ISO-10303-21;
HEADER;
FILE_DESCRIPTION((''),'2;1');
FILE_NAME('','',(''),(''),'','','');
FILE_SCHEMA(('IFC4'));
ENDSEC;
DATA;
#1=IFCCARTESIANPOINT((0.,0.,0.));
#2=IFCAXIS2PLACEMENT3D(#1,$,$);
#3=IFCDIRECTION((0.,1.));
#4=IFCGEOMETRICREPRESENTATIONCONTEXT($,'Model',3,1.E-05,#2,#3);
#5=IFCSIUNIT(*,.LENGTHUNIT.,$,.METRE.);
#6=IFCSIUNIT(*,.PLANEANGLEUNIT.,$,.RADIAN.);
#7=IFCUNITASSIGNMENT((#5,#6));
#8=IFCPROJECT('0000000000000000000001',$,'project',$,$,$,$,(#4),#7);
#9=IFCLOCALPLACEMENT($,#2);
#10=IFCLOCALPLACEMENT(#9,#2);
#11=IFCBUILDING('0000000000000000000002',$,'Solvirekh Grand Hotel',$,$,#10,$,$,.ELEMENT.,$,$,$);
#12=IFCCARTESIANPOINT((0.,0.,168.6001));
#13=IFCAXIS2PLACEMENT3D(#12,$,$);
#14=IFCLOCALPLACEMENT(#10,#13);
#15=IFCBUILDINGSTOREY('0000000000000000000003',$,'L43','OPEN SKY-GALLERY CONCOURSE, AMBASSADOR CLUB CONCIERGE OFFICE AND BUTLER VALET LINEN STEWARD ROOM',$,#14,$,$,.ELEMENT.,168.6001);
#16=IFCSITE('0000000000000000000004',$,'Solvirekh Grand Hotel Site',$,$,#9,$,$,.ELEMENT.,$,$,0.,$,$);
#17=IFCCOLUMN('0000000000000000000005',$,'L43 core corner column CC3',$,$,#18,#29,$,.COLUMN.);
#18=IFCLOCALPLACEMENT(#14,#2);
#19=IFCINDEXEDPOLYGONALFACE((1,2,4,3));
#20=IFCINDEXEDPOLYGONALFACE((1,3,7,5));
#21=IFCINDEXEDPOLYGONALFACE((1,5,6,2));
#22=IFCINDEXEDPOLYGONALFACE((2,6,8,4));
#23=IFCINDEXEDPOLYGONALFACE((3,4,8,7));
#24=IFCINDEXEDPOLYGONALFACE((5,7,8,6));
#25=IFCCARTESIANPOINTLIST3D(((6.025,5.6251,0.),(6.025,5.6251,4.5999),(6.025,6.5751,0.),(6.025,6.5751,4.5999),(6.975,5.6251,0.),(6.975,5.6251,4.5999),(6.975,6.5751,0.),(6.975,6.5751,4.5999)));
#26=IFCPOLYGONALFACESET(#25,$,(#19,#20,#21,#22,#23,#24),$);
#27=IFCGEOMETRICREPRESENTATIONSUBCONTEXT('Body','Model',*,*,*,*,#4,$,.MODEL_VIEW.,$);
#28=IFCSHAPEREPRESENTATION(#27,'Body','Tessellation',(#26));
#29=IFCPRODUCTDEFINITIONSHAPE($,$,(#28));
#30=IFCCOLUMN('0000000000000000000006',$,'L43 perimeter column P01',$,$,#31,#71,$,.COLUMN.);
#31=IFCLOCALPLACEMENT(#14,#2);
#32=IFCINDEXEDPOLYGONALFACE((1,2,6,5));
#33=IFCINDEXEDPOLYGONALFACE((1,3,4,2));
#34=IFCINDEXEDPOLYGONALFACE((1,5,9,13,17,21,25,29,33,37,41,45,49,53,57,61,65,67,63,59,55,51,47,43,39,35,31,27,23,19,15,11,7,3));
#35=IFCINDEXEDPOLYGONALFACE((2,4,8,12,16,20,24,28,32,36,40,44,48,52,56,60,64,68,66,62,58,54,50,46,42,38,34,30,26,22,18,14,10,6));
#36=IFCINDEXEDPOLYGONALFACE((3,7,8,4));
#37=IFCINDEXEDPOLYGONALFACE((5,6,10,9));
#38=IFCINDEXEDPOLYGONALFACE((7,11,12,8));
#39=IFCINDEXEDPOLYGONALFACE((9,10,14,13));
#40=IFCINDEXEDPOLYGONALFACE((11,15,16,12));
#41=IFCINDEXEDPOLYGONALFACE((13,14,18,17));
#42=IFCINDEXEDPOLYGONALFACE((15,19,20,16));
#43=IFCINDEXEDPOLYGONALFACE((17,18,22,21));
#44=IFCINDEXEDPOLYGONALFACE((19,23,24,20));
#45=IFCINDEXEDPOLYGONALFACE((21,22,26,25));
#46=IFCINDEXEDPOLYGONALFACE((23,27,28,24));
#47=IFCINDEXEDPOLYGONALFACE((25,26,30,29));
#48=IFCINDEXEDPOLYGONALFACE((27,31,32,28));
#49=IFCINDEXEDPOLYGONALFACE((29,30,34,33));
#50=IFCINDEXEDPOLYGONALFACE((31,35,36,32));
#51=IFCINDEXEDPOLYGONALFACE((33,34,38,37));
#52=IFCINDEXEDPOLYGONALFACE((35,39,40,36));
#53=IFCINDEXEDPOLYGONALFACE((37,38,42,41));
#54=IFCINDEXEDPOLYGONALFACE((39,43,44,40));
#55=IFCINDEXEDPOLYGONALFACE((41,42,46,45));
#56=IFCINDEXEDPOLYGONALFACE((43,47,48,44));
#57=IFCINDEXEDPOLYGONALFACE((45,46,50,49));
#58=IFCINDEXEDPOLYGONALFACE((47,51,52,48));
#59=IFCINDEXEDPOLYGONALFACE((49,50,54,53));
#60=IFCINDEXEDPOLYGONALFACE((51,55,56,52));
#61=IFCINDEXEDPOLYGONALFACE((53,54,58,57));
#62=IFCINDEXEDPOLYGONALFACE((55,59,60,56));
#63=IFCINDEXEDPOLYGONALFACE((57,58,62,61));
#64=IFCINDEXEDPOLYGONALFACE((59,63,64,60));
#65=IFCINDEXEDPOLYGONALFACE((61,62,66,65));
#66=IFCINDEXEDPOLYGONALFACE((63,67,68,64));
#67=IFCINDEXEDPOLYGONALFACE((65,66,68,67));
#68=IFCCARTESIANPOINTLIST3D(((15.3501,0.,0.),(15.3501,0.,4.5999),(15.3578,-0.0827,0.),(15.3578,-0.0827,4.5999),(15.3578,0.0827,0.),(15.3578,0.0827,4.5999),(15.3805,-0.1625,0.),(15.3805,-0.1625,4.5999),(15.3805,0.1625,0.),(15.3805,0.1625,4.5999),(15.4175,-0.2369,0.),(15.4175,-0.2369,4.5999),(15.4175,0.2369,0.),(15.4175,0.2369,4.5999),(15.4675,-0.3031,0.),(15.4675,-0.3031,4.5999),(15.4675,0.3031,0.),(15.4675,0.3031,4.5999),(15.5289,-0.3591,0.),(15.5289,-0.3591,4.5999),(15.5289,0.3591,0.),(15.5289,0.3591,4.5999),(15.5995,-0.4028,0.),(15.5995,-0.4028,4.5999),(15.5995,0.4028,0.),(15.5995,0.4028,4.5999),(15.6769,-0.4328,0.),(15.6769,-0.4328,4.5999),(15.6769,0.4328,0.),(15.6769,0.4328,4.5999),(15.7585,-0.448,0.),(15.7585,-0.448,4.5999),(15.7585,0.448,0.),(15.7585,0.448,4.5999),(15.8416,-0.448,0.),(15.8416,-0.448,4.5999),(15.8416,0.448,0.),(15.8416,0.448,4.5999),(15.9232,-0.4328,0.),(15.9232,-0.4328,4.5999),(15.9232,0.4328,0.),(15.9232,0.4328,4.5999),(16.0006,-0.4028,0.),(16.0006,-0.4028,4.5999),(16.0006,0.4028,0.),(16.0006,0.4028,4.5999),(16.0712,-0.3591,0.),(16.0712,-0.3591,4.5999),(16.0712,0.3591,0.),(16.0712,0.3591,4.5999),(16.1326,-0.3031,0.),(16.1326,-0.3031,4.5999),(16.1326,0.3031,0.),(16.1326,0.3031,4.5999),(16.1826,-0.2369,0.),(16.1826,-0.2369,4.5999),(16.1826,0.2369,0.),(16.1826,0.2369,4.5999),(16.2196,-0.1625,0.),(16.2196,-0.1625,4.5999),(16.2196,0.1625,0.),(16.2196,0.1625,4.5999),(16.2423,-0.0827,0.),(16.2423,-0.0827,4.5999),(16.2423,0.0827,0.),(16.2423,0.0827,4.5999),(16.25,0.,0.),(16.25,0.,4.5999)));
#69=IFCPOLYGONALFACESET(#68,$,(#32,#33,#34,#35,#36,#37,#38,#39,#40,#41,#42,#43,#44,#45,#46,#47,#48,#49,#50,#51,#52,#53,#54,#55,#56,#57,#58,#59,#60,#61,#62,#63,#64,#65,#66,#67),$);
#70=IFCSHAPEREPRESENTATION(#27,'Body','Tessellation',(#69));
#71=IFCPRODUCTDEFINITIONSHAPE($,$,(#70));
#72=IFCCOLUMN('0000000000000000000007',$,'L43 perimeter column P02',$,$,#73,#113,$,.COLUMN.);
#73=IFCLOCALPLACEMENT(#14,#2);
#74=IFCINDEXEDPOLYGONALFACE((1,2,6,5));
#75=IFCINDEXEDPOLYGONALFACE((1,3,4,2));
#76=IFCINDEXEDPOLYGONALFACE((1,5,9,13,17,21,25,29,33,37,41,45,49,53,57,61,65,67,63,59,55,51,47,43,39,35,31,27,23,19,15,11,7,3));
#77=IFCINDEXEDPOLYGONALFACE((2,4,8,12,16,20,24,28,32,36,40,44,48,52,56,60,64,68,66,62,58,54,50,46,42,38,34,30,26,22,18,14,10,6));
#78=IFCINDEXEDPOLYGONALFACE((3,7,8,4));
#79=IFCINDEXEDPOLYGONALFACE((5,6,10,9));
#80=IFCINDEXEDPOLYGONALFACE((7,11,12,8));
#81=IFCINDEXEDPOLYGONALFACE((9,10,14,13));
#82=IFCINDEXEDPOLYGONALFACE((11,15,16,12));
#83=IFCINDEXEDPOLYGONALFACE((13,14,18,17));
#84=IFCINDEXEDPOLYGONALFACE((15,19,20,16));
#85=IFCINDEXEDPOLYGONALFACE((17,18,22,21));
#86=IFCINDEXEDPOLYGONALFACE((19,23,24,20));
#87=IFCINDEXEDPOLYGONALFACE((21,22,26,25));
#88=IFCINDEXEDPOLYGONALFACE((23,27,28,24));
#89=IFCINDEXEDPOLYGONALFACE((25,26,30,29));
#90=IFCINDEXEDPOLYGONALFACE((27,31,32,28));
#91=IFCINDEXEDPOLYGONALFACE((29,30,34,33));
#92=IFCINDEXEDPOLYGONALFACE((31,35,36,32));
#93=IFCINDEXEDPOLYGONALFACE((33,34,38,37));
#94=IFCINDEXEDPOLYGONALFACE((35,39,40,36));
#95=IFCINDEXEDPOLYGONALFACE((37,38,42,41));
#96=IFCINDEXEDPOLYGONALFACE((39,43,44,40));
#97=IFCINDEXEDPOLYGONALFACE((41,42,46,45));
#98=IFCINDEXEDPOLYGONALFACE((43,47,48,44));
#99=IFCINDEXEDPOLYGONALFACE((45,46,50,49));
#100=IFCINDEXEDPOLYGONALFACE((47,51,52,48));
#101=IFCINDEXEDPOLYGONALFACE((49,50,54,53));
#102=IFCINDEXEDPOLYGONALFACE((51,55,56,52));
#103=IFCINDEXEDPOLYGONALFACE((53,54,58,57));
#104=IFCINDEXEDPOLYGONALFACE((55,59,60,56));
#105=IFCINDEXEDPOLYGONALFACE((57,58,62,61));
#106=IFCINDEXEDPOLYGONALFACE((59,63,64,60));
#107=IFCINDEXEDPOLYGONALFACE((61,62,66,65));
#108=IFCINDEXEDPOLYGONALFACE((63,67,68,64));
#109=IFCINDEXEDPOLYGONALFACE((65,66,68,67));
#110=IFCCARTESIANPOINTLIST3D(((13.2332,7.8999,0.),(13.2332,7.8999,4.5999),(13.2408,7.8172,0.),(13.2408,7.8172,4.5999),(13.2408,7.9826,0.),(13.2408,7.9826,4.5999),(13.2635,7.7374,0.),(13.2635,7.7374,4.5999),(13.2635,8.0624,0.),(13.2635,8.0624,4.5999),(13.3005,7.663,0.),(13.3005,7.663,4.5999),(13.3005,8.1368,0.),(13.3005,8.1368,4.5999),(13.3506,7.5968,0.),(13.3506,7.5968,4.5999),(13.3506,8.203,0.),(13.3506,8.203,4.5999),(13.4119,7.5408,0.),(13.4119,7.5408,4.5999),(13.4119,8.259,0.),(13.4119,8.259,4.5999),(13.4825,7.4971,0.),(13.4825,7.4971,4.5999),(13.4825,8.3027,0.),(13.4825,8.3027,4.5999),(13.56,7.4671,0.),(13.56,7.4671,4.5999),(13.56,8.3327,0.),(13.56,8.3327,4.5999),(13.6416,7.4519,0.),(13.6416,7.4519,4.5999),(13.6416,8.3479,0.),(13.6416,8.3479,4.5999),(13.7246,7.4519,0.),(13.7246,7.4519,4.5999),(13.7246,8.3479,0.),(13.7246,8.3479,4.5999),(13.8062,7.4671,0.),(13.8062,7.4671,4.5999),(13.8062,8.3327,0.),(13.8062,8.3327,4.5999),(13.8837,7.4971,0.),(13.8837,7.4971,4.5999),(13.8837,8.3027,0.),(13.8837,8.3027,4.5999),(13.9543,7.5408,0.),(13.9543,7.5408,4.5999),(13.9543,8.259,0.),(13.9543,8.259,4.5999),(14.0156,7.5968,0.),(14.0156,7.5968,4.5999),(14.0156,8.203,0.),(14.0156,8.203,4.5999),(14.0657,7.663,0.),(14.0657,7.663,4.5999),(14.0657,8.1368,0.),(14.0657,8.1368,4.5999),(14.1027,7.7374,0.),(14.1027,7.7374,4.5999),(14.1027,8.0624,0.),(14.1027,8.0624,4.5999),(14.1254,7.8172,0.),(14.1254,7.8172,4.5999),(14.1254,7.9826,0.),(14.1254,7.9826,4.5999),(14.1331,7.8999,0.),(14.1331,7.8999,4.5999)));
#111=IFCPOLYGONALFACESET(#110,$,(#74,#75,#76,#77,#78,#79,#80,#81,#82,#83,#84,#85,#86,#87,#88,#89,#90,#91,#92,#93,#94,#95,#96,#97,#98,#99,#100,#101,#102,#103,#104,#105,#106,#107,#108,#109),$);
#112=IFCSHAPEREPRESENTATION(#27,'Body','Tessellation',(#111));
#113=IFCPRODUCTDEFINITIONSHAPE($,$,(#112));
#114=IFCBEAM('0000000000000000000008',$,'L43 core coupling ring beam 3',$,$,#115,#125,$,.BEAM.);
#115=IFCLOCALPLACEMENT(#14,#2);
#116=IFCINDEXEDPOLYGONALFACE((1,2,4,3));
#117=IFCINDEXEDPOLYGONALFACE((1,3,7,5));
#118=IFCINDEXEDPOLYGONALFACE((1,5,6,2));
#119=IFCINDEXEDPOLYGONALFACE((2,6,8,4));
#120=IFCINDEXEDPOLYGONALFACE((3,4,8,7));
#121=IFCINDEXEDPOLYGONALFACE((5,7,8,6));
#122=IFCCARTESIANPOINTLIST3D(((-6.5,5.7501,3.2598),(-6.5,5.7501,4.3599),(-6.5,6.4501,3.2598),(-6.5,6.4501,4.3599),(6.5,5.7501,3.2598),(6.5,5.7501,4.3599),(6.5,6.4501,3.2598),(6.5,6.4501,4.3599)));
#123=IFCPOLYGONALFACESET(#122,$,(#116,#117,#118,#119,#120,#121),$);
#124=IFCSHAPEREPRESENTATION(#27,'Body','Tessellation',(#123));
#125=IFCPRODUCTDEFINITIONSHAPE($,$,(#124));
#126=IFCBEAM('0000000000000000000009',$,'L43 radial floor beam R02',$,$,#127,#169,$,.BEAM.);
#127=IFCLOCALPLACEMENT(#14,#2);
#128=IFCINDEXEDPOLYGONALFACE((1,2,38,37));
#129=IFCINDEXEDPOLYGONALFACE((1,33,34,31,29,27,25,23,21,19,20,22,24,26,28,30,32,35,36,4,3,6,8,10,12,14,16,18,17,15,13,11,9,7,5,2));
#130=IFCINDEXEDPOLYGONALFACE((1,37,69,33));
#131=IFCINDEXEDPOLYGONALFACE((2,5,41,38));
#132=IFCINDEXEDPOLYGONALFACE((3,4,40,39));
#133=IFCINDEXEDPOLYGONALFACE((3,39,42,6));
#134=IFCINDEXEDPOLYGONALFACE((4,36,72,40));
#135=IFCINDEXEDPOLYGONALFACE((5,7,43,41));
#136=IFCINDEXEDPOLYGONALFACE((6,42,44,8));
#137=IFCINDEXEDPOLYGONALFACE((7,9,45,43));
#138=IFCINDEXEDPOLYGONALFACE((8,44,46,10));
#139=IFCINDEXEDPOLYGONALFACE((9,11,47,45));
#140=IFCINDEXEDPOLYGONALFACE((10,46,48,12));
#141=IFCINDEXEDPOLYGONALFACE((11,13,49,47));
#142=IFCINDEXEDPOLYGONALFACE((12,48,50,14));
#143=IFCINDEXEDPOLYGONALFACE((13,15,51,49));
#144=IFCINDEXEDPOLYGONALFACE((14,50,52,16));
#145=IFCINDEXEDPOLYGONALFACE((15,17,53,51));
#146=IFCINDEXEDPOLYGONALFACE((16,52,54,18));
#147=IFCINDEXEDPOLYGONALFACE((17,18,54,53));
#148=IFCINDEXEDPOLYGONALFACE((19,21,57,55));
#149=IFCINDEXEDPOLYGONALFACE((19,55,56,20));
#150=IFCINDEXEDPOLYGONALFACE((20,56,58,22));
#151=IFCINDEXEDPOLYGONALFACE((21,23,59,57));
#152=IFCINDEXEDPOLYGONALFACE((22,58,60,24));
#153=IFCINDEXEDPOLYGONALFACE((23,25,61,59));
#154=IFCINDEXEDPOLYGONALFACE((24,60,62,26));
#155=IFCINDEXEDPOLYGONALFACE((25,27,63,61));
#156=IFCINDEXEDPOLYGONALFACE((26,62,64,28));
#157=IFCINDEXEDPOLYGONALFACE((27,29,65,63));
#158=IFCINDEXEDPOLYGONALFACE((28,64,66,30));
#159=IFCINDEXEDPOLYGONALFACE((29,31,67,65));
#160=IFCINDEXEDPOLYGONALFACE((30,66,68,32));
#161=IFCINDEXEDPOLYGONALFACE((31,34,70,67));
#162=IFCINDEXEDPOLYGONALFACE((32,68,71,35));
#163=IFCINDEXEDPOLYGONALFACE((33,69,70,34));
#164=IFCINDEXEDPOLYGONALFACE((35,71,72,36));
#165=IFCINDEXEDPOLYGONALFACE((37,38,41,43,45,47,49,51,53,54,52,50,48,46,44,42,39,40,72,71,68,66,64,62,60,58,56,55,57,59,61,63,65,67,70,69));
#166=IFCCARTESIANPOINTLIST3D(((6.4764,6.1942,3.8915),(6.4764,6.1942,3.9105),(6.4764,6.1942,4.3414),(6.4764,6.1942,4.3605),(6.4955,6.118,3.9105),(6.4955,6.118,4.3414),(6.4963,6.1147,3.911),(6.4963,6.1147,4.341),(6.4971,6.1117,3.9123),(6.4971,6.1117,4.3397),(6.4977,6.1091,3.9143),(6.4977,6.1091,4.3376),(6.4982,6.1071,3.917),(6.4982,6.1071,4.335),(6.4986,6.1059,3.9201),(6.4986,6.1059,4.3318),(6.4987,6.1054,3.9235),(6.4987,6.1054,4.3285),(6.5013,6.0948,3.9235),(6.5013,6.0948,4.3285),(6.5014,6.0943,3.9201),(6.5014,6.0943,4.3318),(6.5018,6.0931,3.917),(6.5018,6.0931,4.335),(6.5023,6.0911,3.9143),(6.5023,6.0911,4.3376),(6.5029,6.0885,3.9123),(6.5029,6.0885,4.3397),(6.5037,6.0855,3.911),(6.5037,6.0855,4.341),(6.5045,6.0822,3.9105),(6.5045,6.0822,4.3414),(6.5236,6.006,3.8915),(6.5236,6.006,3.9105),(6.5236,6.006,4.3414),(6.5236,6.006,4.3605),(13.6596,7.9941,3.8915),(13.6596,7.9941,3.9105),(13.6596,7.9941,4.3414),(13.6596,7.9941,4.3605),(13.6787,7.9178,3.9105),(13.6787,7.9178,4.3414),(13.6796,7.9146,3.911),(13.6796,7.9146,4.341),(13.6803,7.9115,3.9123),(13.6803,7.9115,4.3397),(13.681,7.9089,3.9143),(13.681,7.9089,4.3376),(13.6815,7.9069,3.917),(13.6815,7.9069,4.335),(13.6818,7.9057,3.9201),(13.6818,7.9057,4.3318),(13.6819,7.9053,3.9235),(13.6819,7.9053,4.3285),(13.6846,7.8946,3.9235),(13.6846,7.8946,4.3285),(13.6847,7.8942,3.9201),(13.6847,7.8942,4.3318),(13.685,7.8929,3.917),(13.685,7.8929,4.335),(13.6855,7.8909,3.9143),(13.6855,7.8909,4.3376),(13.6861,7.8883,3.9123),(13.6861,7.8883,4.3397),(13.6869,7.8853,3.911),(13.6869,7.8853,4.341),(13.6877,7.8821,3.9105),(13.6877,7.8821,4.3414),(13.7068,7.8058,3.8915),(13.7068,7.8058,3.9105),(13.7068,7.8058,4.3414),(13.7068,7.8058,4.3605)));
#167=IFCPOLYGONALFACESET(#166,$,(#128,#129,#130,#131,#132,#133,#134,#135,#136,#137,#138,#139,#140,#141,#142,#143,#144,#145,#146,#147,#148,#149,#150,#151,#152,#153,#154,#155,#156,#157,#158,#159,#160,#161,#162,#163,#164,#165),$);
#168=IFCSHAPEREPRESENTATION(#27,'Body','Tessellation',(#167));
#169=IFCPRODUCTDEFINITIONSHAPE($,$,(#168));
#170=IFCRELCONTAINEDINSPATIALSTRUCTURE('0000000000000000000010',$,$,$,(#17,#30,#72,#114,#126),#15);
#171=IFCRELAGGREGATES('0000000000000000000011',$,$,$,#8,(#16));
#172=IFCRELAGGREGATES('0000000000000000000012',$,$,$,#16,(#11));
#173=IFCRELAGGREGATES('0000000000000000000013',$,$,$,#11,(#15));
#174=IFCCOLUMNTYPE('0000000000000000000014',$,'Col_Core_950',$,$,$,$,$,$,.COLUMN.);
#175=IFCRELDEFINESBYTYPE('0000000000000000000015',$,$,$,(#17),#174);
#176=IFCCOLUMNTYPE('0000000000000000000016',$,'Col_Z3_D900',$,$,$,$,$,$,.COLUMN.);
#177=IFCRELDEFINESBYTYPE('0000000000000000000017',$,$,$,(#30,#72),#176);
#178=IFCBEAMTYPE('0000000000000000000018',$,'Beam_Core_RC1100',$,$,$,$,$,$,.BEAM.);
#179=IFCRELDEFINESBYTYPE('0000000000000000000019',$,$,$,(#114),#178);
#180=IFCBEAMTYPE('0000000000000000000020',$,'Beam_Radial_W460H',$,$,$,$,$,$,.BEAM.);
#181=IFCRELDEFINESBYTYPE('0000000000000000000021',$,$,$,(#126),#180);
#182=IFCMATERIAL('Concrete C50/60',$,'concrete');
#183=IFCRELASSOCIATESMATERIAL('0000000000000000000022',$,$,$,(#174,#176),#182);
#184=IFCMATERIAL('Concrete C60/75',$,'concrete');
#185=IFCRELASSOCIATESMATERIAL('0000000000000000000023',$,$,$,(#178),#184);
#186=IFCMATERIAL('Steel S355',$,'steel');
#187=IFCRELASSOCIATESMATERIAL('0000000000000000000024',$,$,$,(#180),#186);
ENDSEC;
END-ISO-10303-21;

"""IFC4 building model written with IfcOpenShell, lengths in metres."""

from ifc_helpers import new_model, si_unit, direction, frame, origin, origin_2d, place, context, subcontext, project, spatial, rectangle, circle, i_section, extrude, material, material_profile, profile_set, type_object, element, save


model = new_model("IFC4")

# Units and contexts
model_context = context("Model", 3, precision=1e-05, world=origin(), true_north=direction((0.0, 1.0)))
body_context = subcontext(model_context, "Body", "Model", "MODEL_VIEW")
ifc_project = project(units=[si_unit("LENGTHUNIT", "METRE"), si_unit("PLANEANGLEUNIT", "RADIAN")], contexts=[model_context])

# Site, building, storey
site_placement = place(None, origin())
site = spatial("IfcSite", under=ifc_project, at=site_placement, Name="Solvirekh Grand Hotel Site", CompositionType="ELEMENT", RefElevation=0.0)
building_placement = place(site_placement, origin())
building = spatial("IfcBuilding", under=site, at=building_placement, Name="Solvirekh Grand Hotel", CompositionType="ELEMENT")
storey_placement = place(building_placement, frame((0.0, 0.0, 168.6001)))
storey = spatial("IfcBuildingStorey", under=building, at=storey_placement, Name="L43", Description="OPEN SKY-GALLERY CONCOURSE, AMBASSADOR CLUB CONCIERGE OFFICE AND BUTLER VALET LINEN STEWARD ROOM", CompositionType="ELEMENT", Elevation=168.6001)

# Columns
ifc_material_1 = material(Name="Concrete C50/60", Category="concrete")
ifc_material_profile_1 = material_profile(ifc_material_1, rectangle(XDim=0.95, YDim=0.95, at=origin_2d()), Name="RC 950X950")
ifc_profile_set_1 = profile_set([ifc_material_profile_1], Name="Concrete C50/60")
column_type_1 = type_object("IfcColumnType", Name="Col_Core_950", PredefinedType="COLUMN", material=ifc_profile_set_1)
column_placement = place(storey_placement, frame((6.5, 6.1001, 0.0), z_axis=(0.0, 0.0, 1.0), x_axis=(1.0, 0.0, 0.0)))
element("IfcColumn", 1, at=column_placement, inside=storey, type_object=column_type_1, Name="L43 core corner column CC3", PredefinedType="COLUMN", context=body_context, shape_type="SweptSolid", body=[
    extrude(rectangle(XDim=0.95, YDim=0.95, at=origin_2d()), origin(), (0.0, 0.0, 1.0), 4.5999),
])
ifc_material_profile_2 = material_profile(ifc_material_1, circle(Radius=0.45, at=origin_2d()), Name="RC CIRC D900")
ifc_profile_set_2 = profile_set([ifc_material_profile_2], Name="Concrete C50/60")
column_type_2 = type_object("IfcColumnType", Name="Col_Z3_D900", PredefinedType="COLUMN", material=ifc_profile_set_2)
for number, where, z_axis, x_axis, name in (
    (2, (15.8, 0.0, 0.0), (0.0, 0.0, 1.0), (1.0, 0.0, 0.0), "L43 perimeter column P01"),
    (3, (13.6831, 7.8999, 0.0), (0.0, 0.0, 1.0), (1.0, 0.0, 0.0), "L43 perimeter column P02"),
):
    element("IfcColumn", number, at=place(storey_placement, frame(where, z_axis=z_axis, x_axis=x_axis)), inside=storey, type_object=column_type_2, Name=name, PredefinedType="COLUMN", context=body_context, shape_type="SweptSolid", body=[
        extrude(circle(Radius=0.45, at=origin_2d()), origin(), (0.0, 0.0, 1.0), 4.5999),
    ])

# Beams
ifc_material_2 = material(Name="Concrete C60/75", Category="concrete")
ifc_material_profile_3 = material_profile(ifc_material_2, rectangle(XDim=0.7, YDim=1.1001, at=origin_2d()), Name="RC BEAM 700X1100")
ifc_profile_set_3 = profile_set([ifc_material_profile_3], Name="Concrete C60/75")
beam_type_1 = type_object("IfcBeamType", Name="Beam_Core_RC1100", PredefinedType="BEAM", material=ifc_profile_set_3)
beam_1_placement = place(storey_placement, frame((6.5, 6.1001, 3.8098), z_axis=(-1.0, 0.0, 0.0), x_axis=(0.0, -1.0, 0.0)))
element("IfcBeam", 4, at=beam_1_placement, inside=storey, type_object=beam_type_1, Name="L43 core coupling ring beam 3", PredefinedType="BEAM", context=body_context, shape_type="SweptSolid", body=[
    extrude(rectangle(XDim=0.7, YDim=1.1001, at=origin_2d()), origin(), (0.0, 0.0, 1.0), 13.0),
])
ifc_material_3 = material(Name="Steel S355", Category="steel")
ifc_material_profile_4 = material_profile(ifc_material_3, i_section(OverallWidth=0.1941, OverallDepth=0.469, WebThickness=0.011, FlangeThickness=0.019, FilletRadius=0.0129, at=origin_2d()), Name="W460X106")
ifc_profile_set_4 = profile_set([ifc_material_profile_4], Name="Steel S355")
beam_type_2 = type_object("IfcBeamType", Name="Beam_Radial_W460H", PredefinedType="BEAM", material=ifc_profile_set_4)
beam_2_placement = place(storey_placement, frame((6.5, 6.1001, 4.126), z_axis=(0.970014, 0.243048, 0.0), x_axis=(-0.243048, 0.970014, 0.0)))
element("IfcBeam", 5, at=beam_2_placement, inside=storey, type_object=beam_type_2, Name="L43 radial floor beam R02", PredefinedType="BEAM", context=body_context, shape_type="SweptSolid", body=[
    extrude(i_section(OverallWidth=0.1941, OverallDepth=0.469, WebThickness=0.011, FlangeThickness=0.019, FilletRadius=0.0129, at=origin_2d()), origin(), (0.0, 0.0, 1.0), 7.4053),
])

save(model, "model.ifc")
